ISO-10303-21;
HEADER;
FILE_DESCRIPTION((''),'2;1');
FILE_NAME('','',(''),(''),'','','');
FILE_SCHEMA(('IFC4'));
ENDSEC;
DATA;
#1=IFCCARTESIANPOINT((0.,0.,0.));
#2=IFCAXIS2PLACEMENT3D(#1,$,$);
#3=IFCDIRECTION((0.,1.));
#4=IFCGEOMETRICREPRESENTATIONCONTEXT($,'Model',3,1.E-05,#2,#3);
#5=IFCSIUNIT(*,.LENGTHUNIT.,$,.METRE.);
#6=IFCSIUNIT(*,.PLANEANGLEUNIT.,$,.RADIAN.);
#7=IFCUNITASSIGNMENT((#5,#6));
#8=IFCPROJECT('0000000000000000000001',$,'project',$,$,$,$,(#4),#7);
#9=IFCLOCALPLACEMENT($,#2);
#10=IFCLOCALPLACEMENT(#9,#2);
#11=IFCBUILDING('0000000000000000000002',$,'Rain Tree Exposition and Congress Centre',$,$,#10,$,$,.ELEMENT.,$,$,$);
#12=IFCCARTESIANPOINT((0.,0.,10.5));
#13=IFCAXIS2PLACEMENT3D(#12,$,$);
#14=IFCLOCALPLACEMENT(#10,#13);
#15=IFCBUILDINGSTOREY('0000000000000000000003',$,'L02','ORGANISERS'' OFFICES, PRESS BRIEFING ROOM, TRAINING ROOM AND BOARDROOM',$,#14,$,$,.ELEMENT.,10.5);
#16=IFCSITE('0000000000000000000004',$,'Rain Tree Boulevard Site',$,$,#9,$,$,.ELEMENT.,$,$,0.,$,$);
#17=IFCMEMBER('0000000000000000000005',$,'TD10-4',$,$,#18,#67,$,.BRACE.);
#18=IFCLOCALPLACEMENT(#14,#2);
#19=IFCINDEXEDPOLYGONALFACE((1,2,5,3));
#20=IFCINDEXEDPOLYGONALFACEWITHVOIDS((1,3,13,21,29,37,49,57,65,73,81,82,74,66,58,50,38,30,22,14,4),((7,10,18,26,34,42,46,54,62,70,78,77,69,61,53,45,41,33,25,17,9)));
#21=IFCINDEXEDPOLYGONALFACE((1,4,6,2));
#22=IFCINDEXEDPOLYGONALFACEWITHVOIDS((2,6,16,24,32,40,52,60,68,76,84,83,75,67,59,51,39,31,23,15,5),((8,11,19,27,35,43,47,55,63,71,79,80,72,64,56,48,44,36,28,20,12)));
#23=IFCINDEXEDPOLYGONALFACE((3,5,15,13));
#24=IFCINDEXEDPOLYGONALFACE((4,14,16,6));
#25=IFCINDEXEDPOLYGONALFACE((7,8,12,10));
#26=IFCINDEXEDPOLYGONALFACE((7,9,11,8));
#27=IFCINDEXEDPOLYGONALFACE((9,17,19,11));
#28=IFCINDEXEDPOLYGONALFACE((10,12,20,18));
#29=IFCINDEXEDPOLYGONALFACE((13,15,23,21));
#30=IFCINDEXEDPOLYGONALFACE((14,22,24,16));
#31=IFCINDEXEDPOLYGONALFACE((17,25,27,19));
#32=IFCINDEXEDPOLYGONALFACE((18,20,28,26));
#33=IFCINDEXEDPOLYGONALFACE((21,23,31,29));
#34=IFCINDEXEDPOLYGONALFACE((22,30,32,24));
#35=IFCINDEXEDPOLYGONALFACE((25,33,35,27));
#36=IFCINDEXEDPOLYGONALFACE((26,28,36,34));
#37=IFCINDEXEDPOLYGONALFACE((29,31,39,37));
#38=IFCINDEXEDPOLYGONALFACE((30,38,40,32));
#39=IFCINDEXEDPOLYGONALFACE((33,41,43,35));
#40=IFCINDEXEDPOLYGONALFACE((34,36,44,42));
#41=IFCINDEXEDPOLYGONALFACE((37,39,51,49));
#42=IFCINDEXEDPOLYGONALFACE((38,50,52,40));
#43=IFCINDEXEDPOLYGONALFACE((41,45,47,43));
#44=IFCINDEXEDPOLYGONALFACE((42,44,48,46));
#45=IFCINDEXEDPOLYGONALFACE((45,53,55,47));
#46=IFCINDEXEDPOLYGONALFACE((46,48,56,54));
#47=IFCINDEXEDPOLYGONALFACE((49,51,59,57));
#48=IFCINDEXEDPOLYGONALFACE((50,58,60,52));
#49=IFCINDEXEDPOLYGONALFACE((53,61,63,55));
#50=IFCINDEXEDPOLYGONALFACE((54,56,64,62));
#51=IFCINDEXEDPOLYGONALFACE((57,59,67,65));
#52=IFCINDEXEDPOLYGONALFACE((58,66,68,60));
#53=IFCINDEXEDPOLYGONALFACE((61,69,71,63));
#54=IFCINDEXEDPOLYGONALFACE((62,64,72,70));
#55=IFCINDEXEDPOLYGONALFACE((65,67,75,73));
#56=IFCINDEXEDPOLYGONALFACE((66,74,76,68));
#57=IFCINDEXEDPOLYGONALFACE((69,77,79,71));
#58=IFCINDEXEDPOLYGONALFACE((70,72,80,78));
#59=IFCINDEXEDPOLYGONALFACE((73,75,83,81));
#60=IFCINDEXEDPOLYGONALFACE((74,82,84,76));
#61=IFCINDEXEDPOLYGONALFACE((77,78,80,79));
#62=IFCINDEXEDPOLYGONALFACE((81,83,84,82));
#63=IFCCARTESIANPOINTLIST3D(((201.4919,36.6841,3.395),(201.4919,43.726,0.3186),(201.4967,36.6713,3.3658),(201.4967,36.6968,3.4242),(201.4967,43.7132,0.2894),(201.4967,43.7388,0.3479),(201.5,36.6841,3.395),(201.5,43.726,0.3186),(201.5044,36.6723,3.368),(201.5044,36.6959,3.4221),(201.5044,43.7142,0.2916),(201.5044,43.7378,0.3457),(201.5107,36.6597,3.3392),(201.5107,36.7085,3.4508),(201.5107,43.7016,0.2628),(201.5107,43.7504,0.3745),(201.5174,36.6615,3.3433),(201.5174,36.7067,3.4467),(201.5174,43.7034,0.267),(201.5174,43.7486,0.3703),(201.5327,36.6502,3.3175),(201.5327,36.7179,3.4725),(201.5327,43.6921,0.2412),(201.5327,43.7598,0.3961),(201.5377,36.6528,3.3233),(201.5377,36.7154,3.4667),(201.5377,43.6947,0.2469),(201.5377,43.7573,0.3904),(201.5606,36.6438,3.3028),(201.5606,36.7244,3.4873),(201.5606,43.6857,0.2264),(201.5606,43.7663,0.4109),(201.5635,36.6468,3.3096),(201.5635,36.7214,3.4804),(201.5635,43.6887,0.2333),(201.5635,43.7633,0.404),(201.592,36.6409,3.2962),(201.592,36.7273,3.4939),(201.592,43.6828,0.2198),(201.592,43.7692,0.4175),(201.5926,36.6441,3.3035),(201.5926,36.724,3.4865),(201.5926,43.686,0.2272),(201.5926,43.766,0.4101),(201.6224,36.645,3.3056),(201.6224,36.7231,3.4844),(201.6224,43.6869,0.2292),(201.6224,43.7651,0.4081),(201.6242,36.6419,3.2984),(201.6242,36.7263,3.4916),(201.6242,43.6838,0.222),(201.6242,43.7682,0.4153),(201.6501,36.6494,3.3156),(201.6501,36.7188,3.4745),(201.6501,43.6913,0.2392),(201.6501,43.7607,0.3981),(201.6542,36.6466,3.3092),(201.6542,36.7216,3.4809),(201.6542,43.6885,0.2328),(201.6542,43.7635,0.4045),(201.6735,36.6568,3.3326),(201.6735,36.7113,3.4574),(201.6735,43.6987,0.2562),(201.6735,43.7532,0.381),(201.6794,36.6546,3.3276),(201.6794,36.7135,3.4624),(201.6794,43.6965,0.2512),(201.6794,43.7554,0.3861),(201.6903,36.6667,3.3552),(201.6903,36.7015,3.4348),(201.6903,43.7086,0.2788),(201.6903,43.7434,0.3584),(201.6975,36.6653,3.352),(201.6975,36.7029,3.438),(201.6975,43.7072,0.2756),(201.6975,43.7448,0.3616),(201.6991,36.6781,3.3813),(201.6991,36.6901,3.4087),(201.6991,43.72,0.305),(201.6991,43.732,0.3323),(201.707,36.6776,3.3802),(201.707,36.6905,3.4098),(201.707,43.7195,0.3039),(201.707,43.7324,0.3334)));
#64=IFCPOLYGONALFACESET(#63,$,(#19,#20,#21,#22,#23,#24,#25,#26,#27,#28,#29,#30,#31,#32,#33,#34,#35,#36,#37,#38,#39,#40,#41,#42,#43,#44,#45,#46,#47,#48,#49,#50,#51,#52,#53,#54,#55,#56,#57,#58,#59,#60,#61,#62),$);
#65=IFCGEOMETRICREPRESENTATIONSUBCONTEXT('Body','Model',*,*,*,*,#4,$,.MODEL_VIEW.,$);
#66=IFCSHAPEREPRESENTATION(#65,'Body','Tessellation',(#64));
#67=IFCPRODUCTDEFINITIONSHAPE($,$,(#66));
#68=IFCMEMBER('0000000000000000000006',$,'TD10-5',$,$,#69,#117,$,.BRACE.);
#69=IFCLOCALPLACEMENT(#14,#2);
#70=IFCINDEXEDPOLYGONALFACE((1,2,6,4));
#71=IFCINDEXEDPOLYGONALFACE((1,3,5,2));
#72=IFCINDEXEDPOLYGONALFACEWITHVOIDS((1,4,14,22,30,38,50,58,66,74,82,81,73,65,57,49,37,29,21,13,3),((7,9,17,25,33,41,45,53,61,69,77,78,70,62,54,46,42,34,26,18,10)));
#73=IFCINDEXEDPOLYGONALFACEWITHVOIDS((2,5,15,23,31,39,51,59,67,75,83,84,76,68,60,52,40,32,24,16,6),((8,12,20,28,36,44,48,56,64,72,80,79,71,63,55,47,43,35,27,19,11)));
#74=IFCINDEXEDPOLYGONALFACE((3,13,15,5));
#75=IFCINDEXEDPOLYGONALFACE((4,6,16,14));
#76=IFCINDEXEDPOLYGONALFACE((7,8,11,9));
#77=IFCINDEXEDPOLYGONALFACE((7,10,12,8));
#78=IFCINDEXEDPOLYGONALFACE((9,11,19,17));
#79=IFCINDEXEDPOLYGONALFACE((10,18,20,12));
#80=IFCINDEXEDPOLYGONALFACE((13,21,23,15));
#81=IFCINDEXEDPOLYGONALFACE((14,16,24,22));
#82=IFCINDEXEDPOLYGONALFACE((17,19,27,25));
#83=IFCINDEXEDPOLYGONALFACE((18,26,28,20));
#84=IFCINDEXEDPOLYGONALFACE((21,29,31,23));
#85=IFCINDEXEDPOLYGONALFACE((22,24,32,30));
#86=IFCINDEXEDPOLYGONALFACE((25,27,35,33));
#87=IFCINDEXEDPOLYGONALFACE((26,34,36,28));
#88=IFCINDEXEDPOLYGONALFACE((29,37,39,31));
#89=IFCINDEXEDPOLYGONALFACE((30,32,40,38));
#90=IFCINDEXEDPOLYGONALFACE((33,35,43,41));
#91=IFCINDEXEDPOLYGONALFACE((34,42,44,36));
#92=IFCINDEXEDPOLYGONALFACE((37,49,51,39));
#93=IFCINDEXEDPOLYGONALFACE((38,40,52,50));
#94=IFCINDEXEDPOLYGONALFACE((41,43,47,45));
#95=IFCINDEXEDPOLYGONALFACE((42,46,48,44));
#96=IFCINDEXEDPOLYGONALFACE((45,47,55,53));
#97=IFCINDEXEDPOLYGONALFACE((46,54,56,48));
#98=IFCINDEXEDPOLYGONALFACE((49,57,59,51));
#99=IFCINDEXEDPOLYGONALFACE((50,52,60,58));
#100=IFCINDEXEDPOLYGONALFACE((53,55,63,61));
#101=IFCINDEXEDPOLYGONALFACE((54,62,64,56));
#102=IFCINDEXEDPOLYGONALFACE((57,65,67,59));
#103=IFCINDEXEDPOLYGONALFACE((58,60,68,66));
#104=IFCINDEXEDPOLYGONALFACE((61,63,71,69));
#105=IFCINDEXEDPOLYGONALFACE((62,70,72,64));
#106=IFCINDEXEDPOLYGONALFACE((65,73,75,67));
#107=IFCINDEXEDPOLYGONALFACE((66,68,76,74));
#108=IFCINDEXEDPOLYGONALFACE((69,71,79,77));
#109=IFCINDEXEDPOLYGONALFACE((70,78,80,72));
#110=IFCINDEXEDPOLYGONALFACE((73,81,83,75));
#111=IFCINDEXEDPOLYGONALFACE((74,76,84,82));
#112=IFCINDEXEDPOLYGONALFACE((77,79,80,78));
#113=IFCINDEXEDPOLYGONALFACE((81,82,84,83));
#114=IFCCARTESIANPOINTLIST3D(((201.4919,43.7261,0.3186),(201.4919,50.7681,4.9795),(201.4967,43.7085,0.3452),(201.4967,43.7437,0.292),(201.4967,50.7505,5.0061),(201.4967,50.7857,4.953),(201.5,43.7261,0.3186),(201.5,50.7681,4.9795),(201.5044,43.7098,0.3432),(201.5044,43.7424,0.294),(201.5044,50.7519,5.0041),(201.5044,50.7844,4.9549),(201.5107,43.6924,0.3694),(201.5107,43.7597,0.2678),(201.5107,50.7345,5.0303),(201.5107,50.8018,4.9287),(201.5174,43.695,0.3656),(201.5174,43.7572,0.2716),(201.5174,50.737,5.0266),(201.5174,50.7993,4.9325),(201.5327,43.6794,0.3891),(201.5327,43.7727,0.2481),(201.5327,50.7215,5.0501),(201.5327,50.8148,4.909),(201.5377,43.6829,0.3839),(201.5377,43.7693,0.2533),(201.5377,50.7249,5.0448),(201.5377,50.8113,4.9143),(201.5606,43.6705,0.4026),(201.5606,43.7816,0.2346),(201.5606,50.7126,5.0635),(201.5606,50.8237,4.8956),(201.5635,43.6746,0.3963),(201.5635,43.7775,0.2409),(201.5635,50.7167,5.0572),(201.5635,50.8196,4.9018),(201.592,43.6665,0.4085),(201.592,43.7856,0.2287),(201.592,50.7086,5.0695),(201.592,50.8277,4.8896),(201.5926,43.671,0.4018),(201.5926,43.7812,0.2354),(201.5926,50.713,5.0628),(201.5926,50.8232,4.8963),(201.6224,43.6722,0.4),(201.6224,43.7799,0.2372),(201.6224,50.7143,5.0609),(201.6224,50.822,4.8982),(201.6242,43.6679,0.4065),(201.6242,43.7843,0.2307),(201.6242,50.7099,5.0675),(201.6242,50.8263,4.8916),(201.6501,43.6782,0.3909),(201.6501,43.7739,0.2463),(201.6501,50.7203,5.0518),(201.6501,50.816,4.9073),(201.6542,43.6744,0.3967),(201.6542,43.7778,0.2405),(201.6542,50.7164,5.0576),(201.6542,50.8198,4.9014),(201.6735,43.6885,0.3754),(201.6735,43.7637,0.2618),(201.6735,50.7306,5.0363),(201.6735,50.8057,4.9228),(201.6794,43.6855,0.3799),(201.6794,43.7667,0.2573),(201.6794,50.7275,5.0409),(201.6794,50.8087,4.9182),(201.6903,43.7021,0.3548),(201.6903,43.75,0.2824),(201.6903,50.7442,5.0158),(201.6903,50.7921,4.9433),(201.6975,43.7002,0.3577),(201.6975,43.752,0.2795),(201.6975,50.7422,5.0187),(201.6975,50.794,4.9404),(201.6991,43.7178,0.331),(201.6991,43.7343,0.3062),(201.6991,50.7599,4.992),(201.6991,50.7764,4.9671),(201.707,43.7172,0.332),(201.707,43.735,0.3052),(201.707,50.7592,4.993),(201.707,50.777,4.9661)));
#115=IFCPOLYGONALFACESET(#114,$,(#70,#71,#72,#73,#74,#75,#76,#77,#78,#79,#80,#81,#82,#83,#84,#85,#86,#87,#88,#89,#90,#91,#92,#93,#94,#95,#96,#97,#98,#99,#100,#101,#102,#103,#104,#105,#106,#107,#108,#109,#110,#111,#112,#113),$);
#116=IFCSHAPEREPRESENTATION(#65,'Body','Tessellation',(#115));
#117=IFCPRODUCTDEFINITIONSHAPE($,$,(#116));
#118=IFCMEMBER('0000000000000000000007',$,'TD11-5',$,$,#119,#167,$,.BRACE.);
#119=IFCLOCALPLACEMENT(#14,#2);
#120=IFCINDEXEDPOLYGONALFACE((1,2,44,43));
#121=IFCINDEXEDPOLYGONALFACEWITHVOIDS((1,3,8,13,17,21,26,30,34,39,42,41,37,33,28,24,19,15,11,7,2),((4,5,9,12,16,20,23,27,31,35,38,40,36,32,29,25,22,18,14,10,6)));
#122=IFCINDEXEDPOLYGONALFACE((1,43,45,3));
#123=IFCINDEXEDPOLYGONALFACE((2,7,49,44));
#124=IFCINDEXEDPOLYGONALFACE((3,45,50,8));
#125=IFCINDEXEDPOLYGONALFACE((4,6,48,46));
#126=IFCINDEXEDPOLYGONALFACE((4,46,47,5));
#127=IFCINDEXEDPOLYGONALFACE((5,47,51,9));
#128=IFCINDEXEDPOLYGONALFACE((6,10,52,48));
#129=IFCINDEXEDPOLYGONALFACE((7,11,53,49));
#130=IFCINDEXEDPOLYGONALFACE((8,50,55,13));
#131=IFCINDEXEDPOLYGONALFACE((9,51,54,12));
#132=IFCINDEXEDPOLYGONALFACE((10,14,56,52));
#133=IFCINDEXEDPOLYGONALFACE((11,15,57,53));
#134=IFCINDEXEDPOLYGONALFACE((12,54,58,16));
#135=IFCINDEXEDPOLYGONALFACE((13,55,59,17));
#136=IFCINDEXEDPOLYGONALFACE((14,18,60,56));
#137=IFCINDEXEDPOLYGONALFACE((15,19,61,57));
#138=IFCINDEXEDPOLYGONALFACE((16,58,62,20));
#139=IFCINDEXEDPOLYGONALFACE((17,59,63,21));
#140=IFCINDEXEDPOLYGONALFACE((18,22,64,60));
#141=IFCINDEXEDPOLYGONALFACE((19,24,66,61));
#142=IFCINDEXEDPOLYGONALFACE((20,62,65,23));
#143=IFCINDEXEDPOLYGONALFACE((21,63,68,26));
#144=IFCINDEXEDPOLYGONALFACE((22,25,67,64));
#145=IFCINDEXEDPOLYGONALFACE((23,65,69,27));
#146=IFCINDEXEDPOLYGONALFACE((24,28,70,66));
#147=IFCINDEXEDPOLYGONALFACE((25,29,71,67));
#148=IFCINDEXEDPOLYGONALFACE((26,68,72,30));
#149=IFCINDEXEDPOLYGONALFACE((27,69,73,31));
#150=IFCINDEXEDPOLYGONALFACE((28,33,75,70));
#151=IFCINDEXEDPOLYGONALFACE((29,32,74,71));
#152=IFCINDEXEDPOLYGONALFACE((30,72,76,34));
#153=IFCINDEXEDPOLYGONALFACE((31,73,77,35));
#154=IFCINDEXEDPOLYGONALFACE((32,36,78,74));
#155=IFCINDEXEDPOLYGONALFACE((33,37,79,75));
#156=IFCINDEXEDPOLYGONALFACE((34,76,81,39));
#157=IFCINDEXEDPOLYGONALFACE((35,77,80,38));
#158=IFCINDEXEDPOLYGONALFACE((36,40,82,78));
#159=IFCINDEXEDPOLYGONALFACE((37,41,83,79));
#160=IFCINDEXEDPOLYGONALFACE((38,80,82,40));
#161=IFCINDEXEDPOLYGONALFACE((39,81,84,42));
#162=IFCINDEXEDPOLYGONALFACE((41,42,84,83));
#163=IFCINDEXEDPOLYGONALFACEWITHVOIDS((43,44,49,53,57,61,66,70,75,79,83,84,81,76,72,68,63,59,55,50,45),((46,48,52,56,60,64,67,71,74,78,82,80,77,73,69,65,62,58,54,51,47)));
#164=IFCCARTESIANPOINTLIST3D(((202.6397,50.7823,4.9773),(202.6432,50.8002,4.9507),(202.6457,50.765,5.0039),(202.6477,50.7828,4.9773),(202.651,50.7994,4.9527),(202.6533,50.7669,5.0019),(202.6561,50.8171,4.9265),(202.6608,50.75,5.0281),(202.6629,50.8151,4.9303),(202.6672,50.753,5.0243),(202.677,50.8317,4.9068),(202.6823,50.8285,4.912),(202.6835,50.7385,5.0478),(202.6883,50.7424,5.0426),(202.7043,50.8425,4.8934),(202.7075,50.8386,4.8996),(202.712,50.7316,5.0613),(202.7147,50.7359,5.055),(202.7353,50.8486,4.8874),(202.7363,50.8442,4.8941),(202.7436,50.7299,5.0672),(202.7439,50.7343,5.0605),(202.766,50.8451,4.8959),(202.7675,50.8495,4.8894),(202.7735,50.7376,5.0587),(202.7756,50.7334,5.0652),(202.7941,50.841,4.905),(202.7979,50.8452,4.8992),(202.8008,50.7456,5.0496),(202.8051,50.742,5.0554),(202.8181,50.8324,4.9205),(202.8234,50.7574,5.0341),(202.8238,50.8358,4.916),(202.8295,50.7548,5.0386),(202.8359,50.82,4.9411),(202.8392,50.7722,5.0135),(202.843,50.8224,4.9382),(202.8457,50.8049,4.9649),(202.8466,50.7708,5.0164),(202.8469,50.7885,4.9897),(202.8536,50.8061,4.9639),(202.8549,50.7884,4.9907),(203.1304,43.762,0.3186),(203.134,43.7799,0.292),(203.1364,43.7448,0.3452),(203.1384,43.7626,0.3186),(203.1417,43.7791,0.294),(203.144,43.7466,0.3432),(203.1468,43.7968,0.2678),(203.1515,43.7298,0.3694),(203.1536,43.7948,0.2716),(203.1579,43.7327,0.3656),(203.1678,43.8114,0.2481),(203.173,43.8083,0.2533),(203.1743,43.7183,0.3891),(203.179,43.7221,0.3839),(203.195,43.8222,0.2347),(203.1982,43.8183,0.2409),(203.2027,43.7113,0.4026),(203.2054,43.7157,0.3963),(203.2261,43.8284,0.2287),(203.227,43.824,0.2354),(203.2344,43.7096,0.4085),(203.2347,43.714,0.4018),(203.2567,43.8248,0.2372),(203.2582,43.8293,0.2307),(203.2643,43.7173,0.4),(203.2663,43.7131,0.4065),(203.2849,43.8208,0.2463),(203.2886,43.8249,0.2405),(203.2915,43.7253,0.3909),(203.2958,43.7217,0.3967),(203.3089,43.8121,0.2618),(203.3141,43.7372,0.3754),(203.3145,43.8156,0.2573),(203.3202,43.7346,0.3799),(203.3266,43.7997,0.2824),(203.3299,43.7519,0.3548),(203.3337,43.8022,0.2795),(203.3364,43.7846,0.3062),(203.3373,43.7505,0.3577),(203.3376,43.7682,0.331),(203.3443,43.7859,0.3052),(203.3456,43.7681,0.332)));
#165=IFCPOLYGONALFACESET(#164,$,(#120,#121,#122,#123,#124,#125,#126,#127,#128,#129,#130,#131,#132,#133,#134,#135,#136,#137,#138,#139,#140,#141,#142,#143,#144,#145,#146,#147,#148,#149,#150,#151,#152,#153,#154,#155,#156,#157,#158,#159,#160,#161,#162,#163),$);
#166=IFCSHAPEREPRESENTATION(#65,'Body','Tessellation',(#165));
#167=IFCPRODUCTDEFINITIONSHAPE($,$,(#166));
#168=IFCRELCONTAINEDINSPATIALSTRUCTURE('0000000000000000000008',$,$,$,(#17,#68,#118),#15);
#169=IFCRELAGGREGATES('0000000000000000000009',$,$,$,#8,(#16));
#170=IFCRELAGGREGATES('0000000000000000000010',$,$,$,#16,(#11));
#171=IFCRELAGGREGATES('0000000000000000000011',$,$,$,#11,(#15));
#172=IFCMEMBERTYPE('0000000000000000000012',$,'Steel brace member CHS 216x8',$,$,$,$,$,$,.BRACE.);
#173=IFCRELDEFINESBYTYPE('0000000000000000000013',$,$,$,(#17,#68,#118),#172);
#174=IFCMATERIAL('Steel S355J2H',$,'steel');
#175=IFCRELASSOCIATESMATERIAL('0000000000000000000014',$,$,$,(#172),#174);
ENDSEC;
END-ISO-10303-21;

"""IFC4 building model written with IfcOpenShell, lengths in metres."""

from ifc_helpers import new_model, si_unit, direction, frame, origin, origin_2d, place, context, subcontext, project, spatial, hollow_circle, extrude, material, material_profile, profile_set, type_object, element, save


model = new_model("IFC4")

# Units and contexts
model_context = context("Model", 3, precision=1e-05, world=origin(), true_north=direction((0.0, 1.0)))
body_context = subcontext(model_context, "Body", "Model", "MODEL_VIEW")
ifc_project = project(units=[si_unit("LENGTHUNIT", "METRE"), si_unit("PLANEANGLEUNIT", "RADIAN")], contexts=[model_context])

# Site, building, storey
site_placement = place(None, origin())
site = spatial("IfcSite", under=ifc_project, at=site_placement, Name="Rain Tree Boulevard Site", CompositionType="ELEMENT", RefElevation=0.0)
building_placement = place(site_placement, origin())
building = spatial("IfcBuilding", under=site, at=building_placement, Name="Rain Tree Exposition and Congress Centre", CompositionType="ELEMENT")
storey_placement = place(building_placement, frame((0.0, 0.0, 10.5)))
storey = spatial("IfcBuildingStorey", under=building, at=storey_placement, Name="L02", Description="ORGANISERS' OFFICES, PRESS BRIEFING ROOM, TRAINING ROOM AND BOARDROOM", CompositionType="ELEMENT", Elevation=10.5)

# Members
ifc_material_1 = material(Name="Steel S355J2H", Category="steel")
ifc_material_profile_1 = material_profile(ifc_material_1, hollow_circle(Radius=0.1082, WallThickness=0.0081, at=origin_2d()), Name="CHS 216x8")
ifc_profile_set_1 = profile_set([ifc_material_profile_1], Name="Steel S355J2H")
member_type_1 = type_object("IfcMemberType", Name="Steel brace member CHS 216x8", PredefinedType="BRACE", material=ifc_profile_set_1)
member_1_placement = place(storey_placement, frame((201.6001, 36.6841, 3.395), z_axis=(0.0, 0.91637, -0.400332), x_axis=(-1.0, 0.0, 0.0)))
element("IfcMember", 1, at=member_1_placement, inside=storey, type_object=member_type_1, Name="TD10-4", PredefinedType="BRACE", context=body_context, shape_type="SweptSolid", body=[
    extrude(hollow_circle(Radius=0.1082, WallThickness=0.0081, at=origin_2d()), origin(), (0.0, 0.0, 1.0), 7.6846),
])
member_2_placement = place(storey_placement, frame((201.6001, 43.7261, 0.3186), z_axis=(0.0, 0.833892, 0.551928), x_axis=(-1.0, 0.0, 0.0)))
element("IfcMember", 2, at=member_2_placement, inside=storey, type_object=member_type_1, Name="TD10-5", PredefinedType="BRACE", context=body_context, shape_type="SweptSolid", body=[
    extrude(hollow_circle(Radius=0.1082, WallThickness=0.0081, at=origin_2d()), origin(), (0.0, 0.0, 1.0), 8.4448),
])
member_3_placement = place(storey_placement, frame((203.2383, 43.7695, 0.3186), z_axis=(-0.058145, 0.831816, 0.551998), x_axis=(-0.997566, -0.069731, 0.0)))
element("IfcMember", 3, at=member_3_placement, inside=storey, type_object=member_type_1, Name="TD11-5", PredefinedType="BRACE", context=body_context, shape_type="SweptSolid", body=[
    extrude(hollow_circle(Radius=0.1082, WallThickness=0.0081, at=origin_2d()), origin(), (0.0, 0.0, 1.0), 8.4397),
])

save(model, "model.ifc")
